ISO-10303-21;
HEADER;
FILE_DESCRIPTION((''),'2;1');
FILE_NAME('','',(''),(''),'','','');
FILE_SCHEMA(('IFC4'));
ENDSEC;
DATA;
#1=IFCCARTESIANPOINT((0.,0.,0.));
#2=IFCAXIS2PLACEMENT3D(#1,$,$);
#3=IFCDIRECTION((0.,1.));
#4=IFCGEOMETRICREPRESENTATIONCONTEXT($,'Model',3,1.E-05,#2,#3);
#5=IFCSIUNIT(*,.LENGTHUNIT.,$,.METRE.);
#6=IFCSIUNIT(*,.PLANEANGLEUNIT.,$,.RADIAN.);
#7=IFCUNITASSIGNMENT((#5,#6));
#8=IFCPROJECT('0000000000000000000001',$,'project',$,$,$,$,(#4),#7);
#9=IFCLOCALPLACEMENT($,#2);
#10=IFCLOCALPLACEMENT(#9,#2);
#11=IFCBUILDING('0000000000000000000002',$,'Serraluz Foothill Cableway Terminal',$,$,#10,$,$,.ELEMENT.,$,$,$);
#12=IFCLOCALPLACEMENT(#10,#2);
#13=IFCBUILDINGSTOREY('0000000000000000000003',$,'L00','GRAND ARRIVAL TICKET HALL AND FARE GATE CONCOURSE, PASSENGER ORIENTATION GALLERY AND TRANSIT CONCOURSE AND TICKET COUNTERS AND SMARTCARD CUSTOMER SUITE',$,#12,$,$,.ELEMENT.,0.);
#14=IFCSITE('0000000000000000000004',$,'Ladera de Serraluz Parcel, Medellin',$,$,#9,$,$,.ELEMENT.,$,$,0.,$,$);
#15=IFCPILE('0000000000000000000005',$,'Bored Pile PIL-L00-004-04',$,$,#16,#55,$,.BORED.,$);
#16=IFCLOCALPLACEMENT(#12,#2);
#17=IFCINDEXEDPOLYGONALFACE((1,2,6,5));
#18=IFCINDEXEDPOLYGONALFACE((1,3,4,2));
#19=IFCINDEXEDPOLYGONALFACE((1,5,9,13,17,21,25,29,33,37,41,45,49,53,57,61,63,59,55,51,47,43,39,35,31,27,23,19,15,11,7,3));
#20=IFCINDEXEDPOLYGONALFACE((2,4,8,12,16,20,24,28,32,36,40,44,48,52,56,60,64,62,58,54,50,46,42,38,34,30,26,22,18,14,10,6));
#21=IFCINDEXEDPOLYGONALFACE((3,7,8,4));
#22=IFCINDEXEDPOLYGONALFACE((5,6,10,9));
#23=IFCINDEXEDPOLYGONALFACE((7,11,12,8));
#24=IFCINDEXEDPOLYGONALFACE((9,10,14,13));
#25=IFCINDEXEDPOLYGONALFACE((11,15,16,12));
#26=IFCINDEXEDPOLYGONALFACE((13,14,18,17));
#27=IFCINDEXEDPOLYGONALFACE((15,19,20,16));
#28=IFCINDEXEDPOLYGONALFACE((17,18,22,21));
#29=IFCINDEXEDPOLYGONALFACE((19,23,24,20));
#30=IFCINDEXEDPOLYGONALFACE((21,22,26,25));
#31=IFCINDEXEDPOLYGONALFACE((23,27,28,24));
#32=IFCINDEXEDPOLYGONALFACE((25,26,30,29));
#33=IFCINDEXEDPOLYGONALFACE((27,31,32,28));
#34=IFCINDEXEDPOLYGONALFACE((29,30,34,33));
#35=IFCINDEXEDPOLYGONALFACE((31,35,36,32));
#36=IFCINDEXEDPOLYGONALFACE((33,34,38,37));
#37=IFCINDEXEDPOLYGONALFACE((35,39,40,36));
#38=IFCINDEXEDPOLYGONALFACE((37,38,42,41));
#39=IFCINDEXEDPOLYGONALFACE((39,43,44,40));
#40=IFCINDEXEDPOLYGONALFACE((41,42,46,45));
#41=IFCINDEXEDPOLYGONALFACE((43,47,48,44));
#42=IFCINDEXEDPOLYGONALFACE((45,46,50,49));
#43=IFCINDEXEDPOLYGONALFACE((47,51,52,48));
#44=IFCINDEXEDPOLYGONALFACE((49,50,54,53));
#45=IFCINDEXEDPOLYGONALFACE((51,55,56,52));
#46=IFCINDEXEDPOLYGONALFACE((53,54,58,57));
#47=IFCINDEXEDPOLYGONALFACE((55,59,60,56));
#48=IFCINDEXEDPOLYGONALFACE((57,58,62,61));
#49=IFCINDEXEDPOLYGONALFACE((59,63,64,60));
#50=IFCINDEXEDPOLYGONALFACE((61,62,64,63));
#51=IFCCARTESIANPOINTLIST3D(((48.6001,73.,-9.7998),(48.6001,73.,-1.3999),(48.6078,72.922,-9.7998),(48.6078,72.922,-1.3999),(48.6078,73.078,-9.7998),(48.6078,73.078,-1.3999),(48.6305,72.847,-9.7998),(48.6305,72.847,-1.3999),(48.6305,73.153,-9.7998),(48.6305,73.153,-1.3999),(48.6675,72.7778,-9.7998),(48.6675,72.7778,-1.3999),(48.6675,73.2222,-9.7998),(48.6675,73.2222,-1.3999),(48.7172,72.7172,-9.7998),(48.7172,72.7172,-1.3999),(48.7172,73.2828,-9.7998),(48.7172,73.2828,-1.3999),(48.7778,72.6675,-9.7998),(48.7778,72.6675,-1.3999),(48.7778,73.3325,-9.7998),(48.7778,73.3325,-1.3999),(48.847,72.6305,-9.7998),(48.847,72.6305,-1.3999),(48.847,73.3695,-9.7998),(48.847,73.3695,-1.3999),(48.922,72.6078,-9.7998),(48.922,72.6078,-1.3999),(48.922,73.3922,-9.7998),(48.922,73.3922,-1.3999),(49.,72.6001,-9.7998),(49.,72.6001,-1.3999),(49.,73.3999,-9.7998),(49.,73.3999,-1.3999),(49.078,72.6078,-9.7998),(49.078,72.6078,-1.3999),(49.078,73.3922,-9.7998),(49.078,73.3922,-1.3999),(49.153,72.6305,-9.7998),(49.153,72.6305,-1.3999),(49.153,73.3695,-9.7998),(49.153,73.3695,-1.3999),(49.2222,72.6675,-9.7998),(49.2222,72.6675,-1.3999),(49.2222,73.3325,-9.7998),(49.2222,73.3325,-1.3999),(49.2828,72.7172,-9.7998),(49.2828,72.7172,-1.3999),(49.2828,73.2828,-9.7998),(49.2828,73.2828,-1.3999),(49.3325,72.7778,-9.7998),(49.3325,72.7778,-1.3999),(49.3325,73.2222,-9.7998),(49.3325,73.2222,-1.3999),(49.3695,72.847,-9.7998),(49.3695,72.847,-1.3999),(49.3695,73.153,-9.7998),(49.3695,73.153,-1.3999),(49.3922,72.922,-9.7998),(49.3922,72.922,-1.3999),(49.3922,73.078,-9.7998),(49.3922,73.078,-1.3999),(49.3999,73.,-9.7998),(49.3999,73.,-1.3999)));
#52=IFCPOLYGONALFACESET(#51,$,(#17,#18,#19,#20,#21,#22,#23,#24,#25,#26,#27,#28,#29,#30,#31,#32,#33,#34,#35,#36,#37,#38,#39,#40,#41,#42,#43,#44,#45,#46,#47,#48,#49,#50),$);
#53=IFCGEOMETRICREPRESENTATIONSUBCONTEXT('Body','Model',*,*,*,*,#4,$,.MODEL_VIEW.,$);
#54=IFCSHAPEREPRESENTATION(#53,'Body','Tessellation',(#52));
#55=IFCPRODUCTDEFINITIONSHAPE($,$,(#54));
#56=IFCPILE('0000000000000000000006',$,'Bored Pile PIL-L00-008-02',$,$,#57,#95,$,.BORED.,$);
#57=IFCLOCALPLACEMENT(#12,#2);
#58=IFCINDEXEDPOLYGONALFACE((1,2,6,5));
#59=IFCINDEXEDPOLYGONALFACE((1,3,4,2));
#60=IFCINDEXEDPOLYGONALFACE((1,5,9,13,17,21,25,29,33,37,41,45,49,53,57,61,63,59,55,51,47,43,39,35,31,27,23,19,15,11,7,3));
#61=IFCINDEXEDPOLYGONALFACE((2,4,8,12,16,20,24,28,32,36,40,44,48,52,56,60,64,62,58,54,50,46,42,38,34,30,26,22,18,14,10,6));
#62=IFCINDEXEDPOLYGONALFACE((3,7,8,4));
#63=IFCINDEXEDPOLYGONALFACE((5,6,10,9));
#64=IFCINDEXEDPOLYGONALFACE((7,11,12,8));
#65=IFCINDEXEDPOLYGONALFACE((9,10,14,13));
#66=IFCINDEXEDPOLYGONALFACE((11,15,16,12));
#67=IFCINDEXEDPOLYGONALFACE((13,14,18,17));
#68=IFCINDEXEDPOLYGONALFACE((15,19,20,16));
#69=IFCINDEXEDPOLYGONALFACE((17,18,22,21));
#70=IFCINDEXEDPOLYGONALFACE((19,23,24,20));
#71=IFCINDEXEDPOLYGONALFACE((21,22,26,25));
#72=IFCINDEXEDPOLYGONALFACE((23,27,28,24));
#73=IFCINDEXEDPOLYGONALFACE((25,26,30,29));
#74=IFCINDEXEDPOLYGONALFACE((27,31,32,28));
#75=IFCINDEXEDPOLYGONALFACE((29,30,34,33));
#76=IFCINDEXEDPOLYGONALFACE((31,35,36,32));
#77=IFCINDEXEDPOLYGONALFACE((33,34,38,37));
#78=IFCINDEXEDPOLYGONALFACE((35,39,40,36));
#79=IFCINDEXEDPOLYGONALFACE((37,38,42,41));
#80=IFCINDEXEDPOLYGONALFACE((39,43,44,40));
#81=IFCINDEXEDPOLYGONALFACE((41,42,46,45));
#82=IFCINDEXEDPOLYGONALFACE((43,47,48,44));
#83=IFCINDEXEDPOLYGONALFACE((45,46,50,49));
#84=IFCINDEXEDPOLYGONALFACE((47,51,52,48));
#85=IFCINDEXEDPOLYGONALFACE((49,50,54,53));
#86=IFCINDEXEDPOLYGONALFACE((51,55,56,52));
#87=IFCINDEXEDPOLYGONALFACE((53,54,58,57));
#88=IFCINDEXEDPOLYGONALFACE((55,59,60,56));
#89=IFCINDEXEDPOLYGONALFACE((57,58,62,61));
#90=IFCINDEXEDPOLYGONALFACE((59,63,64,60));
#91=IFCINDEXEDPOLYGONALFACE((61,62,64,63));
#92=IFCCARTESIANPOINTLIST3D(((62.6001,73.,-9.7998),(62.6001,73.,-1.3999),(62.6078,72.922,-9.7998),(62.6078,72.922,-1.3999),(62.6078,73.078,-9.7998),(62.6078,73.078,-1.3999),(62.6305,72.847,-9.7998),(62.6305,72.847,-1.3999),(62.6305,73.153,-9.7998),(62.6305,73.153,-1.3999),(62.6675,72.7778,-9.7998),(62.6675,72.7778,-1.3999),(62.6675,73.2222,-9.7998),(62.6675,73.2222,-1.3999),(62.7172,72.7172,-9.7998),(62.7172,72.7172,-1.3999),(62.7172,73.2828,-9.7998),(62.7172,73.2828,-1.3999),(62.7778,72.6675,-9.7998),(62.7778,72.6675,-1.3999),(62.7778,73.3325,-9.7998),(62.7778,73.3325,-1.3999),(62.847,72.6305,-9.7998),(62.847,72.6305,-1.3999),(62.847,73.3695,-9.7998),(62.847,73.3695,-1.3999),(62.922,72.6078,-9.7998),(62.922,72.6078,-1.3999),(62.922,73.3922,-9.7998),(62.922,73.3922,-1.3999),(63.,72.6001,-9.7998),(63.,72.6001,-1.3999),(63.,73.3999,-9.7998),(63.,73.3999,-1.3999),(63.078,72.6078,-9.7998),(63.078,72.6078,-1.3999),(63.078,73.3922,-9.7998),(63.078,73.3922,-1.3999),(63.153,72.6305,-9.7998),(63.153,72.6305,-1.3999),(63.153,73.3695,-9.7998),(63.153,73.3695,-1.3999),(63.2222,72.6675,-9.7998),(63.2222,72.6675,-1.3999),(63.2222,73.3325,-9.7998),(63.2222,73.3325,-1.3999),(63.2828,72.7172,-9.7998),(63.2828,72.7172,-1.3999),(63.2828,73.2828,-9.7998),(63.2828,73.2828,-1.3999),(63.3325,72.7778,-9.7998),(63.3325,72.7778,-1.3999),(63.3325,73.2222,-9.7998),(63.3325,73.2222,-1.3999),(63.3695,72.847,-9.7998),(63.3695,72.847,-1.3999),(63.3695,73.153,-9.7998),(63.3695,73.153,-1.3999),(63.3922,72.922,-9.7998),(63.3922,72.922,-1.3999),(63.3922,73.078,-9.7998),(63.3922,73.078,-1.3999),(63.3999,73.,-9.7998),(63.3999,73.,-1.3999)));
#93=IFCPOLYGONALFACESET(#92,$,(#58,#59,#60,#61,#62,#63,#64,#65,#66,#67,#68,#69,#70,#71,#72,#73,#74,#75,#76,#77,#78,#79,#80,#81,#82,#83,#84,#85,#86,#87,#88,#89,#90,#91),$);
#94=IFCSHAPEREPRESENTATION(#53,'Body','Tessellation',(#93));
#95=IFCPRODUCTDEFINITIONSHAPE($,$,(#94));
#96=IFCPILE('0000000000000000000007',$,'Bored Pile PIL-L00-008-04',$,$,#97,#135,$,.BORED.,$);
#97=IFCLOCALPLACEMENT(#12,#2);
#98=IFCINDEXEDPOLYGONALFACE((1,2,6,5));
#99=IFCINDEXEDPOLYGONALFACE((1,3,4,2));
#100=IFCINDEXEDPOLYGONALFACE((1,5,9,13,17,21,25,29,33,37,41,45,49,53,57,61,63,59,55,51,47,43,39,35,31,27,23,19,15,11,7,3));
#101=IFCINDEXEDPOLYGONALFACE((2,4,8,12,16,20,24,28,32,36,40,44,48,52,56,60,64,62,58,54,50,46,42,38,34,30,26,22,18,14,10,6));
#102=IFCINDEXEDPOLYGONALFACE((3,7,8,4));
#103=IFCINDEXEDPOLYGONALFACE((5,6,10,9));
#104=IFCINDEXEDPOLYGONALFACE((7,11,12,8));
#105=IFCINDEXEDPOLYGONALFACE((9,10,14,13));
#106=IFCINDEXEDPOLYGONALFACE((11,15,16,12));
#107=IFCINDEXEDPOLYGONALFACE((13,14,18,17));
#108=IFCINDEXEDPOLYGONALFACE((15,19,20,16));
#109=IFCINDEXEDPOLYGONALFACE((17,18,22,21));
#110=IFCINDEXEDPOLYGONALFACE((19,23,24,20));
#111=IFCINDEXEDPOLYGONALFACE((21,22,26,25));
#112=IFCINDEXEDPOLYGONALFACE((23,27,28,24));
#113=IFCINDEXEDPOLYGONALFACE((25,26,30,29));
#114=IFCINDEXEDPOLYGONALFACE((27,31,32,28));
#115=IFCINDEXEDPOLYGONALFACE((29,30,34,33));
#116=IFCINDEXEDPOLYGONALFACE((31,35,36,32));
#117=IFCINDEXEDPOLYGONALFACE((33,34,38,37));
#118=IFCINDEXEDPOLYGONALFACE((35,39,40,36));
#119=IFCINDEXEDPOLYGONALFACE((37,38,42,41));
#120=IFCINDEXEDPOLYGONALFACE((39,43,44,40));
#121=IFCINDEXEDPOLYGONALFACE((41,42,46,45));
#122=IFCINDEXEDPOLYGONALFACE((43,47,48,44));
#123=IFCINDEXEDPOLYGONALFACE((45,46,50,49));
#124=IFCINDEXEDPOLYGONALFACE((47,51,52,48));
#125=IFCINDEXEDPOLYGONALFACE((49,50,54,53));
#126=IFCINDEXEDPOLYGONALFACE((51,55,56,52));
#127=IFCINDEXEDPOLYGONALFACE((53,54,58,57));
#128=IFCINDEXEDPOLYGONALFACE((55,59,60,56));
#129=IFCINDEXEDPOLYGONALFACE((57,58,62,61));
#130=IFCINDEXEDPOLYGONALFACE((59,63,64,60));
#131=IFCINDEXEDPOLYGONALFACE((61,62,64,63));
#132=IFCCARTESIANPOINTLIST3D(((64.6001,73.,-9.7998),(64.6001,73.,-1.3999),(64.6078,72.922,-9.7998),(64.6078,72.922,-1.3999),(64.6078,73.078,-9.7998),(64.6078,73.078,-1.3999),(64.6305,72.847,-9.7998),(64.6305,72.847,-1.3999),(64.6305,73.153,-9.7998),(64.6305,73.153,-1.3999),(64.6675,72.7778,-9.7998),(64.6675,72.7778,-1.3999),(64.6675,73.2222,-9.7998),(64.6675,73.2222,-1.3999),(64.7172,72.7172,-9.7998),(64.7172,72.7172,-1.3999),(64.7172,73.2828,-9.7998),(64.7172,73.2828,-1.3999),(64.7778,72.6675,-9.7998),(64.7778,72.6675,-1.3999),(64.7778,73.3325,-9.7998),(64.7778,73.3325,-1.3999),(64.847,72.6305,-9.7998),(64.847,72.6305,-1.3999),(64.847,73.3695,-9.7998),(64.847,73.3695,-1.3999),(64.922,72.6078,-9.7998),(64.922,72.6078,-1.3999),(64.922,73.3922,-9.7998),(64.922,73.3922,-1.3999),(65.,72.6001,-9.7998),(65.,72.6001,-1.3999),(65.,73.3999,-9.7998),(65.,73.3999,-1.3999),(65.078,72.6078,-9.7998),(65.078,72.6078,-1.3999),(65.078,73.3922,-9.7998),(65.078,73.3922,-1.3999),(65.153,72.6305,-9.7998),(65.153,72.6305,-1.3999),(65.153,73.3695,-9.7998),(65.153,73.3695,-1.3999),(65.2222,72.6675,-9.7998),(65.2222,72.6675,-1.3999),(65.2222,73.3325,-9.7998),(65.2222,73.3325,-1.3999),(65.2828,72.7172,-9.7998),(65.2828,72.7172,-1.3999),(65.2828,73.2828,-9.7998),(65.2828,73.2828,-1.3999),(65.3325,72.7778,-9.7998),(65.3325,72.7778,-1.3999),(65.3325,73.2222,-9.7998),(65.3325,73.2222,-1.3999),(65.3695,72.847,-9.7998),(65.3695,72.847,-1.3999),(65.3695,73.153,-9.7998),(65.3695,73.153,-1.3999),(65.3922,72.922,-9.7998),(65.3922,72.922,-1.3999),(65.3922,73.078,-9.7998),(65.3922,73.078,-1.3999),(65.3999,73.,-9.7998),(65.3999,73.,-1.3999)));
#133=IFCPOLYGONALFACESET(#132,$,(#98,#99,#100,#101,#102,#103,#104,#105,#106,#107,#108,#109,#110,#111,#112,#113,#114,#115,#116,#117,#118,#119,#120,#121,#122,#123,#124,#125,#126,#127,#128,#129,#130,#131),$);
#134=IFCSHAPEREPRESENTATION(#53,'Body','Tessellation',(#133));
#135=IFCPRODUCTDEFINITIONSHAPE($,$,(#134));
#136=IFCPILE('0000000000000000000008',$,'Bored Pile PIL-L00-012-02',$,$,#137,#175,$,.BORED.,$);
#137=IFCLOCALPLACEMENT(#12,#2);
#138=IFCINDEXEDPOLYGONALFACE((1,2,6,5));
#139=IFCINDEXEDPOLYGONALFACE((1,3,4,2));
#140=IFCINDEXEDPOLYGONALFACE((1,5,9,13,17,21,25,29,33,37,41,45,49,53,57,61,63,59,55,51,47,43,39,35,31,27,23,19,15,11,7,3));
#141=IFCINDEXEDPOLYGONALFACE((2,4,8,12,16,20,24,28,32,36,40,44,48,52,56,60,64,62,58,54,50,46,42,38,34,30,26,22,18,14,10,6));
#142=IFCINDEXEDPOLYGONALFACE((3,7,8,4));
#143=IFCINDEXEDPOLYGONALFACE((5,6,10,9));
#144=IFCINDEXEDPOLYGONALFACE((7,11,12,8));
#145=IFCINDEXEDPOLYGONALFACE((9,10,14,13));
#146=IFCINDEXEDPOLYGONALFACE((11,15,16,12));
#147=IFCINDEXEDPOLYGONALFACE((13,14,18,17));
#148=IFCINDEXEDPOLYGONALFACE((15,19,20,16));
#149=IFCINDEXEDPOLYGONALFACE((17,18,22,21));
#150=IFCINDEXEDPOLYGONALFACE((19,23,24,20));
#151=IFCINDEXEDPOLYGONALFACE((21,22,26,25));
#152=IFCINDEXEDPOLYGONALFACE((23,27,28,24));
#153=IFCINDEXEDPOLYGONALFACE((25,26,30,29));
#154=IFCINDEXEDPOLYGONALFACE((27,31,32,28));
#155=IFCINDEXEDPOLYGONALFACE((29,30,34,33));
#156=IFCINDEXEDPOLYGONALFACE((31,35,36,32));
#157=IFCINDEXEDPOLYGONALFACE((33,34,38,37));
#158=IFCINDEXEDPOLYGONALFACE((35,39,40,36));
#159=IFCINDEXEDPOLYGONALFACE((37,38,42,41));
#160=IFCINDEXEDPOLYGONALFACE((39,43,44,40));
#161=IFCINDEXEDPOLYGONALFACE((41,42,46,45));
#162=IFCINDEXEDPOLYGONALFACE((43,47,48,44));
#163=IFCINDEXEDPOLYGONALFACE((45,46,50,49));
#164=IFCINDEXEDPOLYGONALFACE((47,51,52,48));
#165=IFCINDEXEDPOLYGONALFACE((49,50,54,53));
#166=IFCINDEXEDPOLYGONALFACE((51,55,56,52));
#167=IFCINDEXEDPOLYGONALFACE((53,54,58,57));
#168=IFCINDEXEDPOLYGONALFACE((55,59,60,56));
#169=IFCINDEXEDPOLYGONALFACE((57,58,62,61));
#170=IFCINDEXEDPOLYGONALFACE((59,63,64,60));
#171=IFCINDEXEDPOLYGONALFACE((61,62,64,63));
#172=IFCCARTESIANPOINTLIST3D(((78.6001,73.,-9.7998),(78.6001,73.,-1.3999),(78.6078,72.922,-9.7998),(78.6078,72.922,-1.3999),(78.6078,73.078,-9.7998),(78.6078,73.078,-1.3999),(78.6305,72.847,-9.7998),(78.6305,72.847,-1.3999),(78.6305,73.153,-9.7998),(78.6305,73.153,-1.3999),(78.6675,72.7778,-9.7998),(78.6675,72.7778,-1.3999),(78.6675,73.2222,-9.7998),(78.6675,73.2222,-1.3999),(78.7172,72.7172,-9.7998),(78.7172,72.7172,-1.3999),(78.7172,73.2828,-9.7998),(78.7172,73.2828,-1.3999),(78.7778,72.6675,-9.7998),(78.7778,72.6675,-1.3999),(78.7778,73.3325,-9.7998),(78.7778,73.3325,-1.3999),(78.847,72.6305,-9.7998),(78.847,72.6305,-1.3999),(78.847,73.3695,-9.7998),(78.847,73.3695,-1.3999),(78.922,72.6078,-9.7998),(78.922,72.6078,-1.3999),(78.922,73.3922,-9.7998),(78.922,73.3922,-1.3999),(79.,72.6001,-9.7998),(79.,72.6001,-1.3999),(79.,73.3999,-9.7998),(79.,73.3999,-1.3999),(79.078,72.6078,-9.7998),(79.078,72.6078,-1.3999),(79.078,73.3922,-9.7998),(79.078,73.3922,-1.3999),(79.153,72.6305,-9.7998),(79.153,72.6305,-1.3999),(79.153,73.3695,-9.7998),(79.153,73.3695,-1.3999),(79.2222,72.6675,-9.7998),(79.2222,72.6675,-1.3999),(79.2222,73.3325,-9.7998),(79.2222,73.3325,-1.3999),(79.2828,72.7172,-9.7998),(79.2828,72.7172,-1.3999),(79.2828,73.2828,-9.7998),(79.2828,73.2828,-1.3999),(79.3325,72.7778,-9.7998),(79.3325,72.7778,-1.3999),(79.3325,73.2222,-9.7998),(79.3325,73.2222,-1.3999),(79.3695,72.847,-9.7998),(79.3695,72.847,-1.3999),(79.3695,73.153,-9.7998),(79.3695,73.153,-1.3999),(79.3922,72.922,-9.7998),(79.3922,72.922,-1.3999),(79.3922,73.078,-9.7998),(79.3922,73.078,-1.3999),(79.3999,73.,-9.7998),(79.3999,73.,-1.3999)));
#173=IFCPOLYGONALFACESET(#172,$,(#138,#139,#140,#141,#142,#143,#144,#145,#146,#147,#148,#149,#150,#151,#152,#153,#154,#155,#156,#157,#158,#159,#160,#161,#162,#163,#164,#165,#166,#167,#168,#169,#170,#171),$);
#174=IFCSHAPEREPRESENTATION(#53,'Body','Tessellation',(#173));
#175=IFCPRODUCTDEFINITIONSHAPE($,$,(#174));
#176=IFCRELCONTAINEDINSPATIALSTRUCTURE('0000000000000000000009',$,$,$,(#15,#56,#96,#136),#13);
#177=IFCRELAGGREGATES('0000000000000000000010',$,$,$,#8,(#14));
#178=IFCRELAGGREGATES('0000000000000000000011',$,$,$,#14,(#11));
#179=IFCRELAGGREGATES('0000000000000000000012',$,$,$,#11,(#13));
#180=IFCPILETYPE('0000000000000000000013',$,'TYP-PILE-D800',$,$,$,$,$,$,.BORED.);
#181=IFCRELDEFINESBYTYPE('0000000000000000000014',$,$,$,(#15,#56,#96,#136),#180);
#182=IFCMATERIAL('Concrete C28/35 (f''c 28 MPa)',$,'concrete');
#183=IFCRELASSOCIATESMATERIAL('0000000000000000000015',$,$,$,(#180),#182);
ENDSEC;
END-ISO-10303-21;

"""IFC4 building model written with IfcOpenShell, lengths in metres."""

from ifc_helpers import new_model, si_unit, direction, frame, origin, origin_2d, place, context, subcontext, project, spatial, circle, extrude, material, material_profile, profile_set, type_object, element, save


model = new_model("IFC4")

# Units and contexts
model_context = context("Model", 3, precision=1e-05, world=origin(), true_north=direction((0.0, 1.0)))
body_context = subcontext(model_context, "Body", "Model", "MODEL_VIEW")
ifc_project = project(units=[si_unit("LENGTHUNIT", "METRE"), si_unit("PLANEANGLEUNIT", "RADIAN")], contexts=[model_context])

# Site, building, storey
site_placement = place(None, origin())
site = spatial("IfcSite", under=ifc_project, at=site_placement, Name="Ladera de Serraluz Parcel, Medellin", CompositionType="ELEMENT", RefElevation=0.0)
building_placement = place(site_placement, origin())
building = spatial("IfcBuilding", under=site, at=building_placement, Name="Serraluz Foothill Cableway Terminal", CompositionType="ELEMENT")
storey_placement = place(building_placement, origin())
storey = spatial("IfcBuildingStorey", under=building, at=storey_placement, Name="L00", Description="GRAND ARRIVAL TICKET HALL AND FARE GATE CONCOURSE, PASSENGER ORIENTATION GALLERY AND TRANSIT CONCOURSE AND TICKET COUNTERS AND SMARTCARD CUSTOMER SUITE", CompositionType="ELEMENT", Elevation=0.0)

# Piles
ifc_material_1 = material(Name="Concrete C28/35 (f'c 28 MPa)", Category="concrete")
ifc_material_profile_1 = material_profile(ifc_material_1, circle(Radius=0.3999, at=origin_2d()), Name="BORED PILE D800")
ifc_profile_set_1 = profile_set([ifc_material_profile_1], Name="Concrete C28/35 (f'c 28 MPa)")
pile_type_1 = type_object("IfcPileType", Name="TYP-PILE-D800", PredefinedType="BORED", material=ifc_profile_set_1)
for number, where, z_axis, x_axis, name in (
    (1, (49.0, 73.0, -1.3999), (0.0, 0.0, -1.0), (1.0, 0.0, 0.0), "Bored Pile PIL-L00-004-04"),
    (2, (63.0, 73.0, -1.3999), (0.0, 0.0, -1.0), (1.0, 0.0, 0.0), "Bored Pile PIL-L00-008-02"),
    (3, (65.0, 73.0, -1.3999), (0.0, 0.0, -1.0), (1.0, 0.0, 0.0), "Bored Pile PIL-L00-008-04"),
    (4, (79.0, 73.0, -1.3999), (0.0, 0.0, -1.0), (1.0, 0.0, 0.0), "Bored Pile PIL-L00-012-02"),
):
    element("IfcPile", number, at=place(storey_placement, frame(where, z_axis=z_axis, x_axis=x_axis)), inside=storey, type_object=pile_type_1, Name=name, PredefinedType="BORED", context=body_context, shape_type="SweptSolid", body=[
        extrude(circle(Radius=0.3999, at=origin_2d()), origin(), (0.0, 0.0, 1.0), 8.3999),
    ])

save(model, "model.ifc")
